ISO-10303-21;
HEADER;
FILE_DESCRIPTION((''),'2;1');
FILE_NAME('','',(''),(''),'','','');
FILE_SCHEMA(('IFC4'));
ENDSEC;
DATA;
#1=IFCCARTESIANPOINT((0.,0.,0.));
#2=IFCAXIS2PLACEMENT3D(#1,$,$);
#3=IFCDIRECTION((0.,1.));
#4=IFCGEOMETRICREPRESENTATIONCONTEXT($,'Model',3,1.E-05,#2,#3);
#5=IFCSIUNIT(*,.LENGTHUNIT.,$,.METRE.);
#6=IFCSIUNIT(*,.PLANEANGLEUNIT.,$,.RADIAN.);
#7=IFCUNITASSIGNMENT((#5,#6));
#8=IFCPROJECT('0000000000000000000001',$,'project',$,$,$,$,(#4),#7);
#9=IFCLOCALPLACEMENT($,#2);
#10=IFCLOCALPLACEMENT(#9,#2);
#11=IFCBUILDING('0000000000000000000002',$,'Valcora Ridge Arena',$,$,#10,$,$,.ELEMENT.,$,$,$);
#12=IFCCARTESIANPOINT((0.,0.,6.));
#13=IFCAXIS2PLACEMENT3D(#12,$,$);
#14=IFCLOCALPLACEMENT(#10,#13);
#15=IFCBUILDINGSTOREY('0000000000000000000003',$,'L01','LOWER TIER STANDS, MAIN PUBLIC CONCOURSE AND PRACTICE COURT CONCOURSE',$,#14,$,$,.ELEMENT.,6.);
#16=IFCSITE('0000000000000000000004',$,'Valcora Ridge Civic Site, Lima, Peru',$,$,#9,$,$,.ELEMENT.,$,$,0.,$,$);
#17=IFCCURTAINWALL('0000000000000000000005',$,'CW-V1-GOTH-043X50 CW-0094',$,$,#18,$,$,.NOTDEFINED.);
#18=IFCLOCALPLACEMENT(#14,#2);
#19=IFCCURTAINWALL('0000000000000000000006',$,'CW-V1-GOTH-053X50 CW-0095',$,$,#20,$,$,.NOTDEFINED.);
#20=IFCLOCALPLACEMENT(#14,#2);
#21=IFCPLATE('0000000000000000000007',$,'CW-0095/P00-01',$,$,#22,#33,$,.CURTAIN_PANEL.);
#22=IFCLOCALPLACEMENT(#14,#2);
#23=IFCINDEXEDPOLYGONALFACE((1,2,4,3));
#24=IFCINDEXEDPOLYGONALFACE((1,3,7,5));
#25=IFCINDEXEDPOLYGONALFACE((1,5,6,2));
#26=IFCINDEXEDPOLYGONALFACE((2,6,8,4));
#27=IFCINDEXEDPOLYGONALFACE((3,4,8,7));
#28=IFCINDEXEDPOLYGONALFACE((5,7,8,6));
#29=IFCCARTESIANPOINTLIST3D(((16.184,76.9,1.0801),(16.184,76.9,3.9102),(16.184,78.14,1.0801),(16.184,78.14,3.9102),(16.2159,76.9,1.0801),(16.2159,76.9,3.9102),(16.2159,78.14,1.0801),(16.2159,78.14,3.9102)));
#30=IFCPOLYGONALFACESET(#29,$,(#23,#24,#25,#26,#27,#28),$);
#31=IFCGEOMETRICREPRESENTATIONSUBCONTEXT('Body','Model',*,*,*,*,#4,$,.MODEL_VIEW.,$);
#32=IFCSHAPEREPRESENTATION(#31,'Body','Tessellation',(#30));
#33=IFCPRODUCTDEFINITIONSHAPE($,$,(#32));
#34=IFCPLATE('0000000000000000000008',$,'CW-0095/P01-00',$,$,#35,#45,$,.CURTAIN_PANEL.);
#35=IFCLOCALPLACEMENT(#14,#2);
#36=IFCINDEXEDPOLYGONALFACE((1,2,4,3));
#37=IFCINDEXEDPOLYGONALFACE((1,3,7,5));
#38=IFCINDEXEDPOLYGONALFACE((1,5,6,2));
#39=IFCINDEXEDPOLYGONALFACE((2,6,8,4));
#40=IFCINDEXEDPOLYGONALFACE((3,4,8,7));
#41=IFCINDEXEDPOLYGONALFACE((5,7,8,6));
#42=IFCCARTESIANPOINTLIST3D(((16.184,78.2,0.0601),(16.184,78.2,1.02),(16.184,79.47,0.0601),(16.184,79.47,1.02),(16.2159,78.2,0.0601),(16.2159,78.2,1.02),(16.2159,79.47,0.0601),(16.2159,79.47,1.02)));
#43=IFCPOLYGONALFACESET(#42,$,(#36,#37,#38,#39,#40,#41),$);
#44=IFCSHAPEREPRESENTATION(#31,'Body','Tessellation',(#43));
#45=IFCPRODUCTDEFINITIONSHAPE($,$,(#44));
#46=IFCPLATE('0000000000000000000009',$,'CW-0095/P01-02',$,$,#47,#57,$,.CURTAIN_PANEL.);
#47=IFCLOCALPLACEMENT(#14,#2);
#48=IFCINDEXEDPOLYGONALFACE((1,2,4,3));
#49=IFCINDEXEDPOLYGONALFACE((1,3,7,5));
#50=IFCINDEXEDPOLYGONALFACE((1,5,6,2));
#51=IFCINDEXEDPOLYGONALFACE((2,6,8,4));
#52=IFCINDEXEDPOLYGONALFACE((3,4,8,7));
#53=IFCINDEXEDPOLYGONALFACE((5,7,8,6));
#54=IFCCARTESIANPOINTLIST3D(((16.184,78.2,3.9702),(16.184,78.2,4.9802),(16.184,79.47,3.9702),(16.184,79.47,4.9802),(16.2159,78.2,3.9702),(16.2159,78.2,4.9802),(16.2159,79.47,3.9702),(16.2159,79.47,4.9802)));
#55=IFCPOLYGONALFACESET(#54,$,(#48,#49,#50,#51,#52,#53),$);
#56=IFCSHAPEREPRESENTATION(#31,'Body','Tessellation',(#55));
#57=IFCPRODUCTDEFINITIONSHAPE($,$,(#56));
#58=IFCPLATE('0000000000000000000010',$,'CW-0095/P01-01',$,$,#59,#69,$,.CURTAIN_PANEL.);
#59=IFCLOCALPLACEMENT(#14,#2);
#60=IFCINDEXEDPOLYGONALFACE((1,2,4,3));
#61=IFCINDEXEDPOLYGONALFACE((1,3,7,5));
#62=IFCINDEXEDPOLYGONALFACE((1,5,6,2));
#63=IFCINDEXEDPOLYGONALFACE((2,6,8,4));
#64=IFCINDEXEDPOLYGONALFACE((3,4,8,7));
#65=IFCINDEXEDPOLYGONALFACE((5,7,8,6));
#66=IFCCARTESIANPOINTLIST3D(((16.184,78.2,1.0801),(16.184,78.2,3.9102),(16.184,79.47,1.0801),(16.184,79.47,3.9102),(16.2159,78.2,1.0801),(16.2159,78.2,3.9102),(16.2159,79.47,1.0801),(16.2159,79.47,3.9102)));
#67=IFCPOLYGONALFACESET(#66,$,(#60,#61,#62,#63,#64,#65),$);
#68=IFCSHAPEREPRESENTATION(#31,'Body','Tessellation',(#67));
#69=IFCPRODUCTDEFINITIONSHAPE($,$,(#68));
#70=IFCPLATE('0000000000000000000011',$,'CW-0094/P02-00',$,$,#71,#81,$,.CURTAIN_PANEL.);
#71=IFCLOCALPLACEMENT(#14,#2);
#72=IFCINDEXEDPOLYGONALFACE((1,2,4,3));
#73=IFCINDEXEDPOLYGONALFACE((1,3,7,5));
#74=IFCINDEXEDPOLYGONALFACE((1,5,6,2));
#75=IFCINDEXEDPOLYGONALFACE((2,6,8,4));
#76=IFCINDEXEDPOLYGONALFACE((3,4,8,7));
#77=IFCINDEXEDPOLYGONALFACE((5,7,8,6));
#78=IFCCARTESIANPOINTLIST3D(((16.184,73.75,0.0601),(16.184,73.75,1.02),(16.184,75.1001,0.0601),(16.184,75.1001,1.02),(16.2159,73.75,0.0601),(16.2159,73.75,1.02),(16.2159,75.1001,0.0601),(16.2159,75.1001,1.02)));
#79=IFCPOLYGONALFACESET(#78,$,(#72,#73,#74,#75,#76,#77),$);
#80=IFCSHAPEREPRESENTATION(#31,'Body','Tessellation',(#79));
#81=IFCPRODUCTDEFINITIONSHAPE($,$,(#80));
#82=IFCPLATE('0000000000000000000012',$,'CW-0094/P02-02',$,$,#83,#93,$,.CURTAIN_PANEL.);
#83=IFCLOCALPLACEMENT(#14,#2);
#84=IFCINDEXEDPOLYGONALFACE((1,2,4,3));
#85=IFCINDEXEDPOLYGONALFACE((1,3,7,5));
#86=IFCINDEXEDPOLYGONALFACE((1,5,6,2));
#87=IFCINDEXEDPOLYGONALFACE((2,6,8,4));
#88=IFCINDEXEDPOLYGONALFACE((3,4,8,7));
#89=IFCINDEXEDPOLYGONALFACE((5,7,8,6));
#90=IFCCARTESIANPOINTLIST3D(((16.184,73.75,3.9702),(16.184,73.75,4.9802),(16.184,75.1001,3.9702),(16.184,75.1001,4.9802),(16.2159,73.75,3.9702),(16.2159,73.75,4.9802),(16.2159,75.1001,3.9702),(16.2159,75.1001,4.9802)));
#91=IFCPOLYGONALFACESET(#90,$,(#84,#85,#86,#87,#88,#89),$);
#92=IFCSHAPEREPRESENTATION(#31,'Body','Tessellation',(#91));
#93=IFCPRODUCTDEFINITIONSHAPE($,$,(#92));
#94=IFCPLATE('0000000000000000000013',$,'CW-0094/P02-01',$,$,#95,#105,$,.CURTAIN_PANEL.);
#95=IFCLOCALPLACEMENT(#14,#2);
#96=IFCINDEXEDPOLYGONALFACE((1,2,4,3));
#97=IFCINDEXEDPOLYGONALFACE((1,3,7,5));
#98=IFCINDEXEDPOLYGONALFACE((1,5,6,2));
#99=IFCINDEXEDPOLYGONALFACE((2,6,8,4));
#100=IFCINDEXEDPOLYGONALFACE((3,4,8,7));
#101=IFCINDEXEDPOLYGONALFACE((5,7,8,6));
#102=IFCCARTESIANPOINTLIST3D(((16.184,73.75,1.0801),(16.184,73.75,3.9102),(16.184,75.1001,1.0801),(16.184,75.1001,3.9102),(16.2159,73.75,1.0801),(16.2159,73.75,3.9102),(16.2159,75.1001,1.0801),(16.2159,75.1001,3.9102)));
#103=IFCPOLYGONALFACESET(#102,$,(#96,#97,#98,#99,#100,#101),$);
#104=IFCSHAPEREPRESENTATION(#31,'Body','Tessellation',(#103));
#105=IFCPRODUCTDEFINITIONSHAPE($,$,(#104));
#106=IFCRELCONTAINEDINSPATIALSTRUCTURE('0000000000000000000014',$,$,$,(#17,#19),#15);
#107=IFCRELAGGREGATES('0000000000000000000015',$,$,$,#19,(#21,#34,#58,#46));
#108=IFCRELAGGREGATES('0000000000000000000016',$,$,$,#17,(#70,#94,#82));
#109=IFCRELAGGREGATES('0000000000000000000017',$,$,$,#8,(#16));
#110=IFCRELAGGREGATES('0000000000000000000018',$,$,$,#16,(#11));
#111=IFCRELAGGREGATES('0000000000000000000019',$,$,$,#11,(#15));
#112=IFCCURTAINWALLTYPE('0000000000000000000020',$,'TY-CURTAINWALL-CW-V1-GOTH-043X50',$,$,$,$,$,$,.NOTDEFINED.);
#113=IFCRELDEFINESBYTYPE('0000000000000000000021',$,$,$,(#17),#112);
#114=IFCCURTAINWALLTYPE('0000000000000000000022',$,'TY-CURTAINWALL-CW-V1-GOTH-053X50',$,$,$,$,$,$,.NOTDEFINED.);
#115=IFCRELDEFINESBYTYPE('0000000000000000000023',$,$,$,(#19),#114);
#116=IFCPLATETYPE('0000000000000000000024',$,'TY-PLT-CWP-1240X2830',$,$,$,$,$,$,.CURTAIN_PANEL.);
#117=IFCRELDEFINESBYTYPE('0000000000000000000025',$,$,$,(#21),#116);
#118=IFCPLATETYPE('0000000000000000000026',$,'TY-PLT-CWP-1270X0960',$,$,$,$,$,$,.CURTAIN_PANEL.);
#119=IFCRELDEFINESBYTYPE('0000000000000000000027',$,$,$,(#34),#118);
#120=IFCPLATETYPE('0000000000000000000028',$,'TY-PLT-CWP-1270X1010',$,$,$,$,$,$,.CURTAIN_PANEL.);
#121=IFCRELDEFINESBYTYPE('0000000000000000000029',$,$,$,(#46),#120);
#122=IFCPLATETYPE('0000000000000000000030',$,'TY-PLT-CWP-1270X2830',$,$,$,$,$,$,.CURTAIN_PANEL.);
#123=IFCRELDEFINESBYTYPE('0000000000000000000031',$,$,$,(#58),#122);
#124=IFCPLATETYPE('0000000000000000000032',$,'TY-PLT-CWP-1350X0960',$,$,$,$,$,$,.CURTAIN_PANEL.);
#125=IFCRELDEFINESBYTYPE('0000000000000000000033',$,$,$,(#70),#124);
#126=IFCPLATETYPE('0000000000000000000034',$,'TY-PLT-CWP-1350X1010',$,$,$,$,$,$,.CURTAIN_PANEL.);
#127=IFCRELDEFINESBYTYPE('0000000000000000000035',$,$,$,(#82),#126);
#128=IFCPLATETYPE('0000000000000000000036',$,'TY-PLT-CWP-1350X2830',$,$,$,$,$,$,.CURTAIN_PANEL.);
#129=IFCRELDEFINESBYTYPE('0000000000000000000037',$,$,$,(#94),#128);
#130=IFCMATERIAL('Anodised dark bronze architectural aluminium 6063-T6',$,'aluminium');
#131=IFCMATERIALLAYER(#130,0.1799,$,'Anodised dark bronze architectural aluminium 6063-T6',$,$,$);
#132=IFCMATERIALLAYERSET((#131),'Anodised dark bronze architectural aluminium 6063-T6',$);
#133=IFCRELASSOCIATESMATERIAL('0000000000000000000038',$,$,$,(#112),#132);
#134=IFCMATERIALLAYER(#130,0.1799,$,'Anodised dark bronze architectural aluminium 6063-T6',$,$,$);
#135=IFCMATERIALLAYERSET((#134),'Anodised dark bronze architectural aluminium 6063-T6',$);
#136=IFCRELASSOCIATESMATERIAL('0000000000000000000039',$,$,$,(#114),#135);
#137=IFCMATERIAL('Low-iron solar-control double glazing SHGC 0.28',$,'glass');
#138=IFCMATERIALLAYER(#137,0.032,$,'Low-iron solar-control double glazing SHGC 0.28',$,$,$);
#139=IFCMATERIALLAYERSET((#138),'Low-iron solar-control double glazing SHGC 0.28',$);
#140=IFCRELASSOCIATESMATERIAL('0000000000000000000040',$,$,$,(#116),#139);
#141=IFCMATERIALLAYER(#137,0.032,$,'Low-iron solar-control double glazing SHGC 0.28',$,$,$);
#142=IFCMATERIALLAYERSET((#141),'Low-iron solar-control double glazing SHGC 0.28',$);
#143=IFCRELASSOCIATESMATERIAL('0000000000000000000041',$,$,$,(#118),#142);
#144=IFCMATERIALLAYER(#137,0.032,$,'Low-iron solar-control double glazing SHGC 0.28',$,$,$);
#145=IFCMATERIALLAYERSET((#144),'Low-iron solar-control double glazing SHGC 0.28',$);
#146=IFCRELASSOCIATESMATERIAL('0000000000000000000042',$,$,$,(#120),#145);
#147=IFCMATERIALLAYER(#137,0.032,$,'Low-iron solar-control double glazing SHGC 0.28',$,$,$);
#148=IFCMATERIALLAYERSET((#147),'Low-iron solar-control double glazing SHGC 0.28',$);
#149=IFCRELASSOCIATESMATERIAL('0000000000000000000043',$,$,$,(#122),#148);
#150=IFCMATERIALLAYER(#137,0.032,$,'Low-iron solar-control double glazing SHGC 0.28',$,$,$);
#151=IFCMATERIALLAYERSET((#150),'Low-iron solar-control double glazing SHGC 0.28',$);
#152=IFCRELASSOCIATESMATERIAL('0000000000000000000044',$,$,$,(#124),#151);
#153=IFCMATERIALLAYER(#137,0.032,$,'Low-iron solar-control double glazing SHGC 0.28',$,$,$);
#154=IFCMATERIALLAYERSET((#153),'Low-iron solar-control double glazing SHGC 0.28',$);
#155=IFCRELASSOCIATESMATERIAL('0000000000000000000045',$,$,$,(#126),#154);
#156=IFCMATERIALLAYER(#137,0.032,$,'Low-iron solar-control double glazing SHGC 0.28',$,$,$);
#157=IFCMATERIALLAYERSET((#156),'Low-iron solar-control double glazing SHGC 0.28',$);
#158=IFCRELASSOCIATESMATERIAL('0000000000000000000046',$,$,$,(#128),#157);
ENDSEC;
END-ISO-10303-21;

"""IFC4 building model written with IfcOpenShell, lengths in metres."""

from ifc_helpers import new_model, si_unit, direction, frame, origin, origin_2d, place, context, subcontext, project, spatial, rectangle, extrude, material, layer, layer_set, type_object, element, aggregate, save


model = new_model("IFC4")

# Units and contexts
model_context = context("Model", 3, precision=1e-05, world=origin(), true_north=direction((0.0, 1.0)))
body_context = subcontext(model_context, "Body", "Model", "MODEL_VIEW")
ifc_project = project(units=[si_unit("LENGTHUNIT", "METRE"), si_unit("PLANEANGLEUNIT", "RADIAN")], contexts=[model_context])

# Site, building, storey
site_placement = place(None, origin())
site = spatial("IfcSite", under=ifc_project, at=site_placement, Name="Valcora Ridge Civic Site, Lima, Peru", CompositionType="ELEMENT", RefElevation=0.0)
building_placement = place(site_placement, origin())
building = spatial("IfcBuilding", under=site, at=building_placement, Name="Valcora Ridge Arena", CompositionType="ELEMENT")
storey_placement = place(building_placement, frame((0.0, 0.0, 6.0)))
storey = spatial("IfcBuildingStorey", under=building, at=storey_placement, Name="L01", Description="LOWER TIER STANDS, MAIN PUBLIC CONCOURSE AND PRACTICE COURT CONCOURSE", CompositionType="ELEMENT", Elevation=6.0)

# Curtain wall
ifc_material_1 = material(Name="Anodised dark bronze architectural aluminium 6063-T6", Category="aluminium")
ifc_layer_1 = layer(ifc_material_1, 0.1799, Name="Anodised dark bronze architectural aluminium 6063-T6")
ifc_layer_set_1 = layer_set([ifc_layer_1], Name="Anodised dark bronze architectural aluminium 6063-T6")
curtain_wall_type_1 = type_object("IfcCurtainWallType", Name="TY-CURTAINWALL-CW-V1-GOTH-043X50", PredefinedType="NOTDEFINED", material=ifc_layer_set_1)
curtain_wall_1_placement = place(storey_placement, origin())
curtain_wall_1 = element("IfcCurtainWall", 1, at=curtain_wall_1_placement, inside=storey, type_object=curtain_wall_type_1, Name="CW-V1-GOTH-043X50 CW-0094", PredefinedType="NOTDEFINED")

# Curtain wall, plates
ifc_layer_2 = layer(ifc_material_1, 0.1799, Name="Anodised dark bronze architectural aluminium 6063-T6")
ifc_layer_set_2 = layer_set([ifc_layer_2], Name="Anodised dark bronze architectural aluminium 6063-T6")
curtain_wall_type_2 = type_object("IfcCurtainWallType", Name="TY-CURTAINWALL-CW-V1-GOTH-053X50", PredefinedType="NOTDEFINED", material=ifc_layer_set_2)
curtain_wall_2_placement = place(storey_placement, origin())
curtain_wall_2 = element("IfcCurtainWall", 2, at=curtain_wall_2_placement, inside=storey, type_object=curtain_wall_type_2, Name="CW-V1-GOTH-053X50 CW-0095", PredefinedType="NOTDEFINED")
ifc_material_2 = material(Name="Low-iron solar-control double glazing SHGC 0.28", Category="glass")
ifc_layer_3 = layer(ifc_material_2, 0.032, Name="Low-iron solar-control double glazing SHGC 0.28")
ifc_layer_set_3 = layer_set([ifc_layer_3], Name="Low-iron solar-control double glazing SHGC 0.28")
plate_type_1 = type_object("IfcPlateType", Name="TY-PLT-CWP-1240X2830", PredefinedType="CURTAIN_PANEL", material=ifc_layer_set_3)
plate_1_placement = place(storey_placement, frame((16.2, 77.52, 1.0801), z_axis=(0.0, 0.0, 1.0), x_axis=(0.0, 1.0, 0.0)))
plate_1 = element("IfcPlate", 3, at=plate_1_placement, type_object=plate_type_1, Name="CW-0095/P00-01", PredefinedType="CURTAIN_PANEL", context=body_context, shape_type="SweptSolid", body=[
    extrude(rectangle(XDim=1.24, YDim=0.032, at=origin_2d()), origin(), (0.0, 0.0, 1.0), 2.8301),
])
ifc_layer_4 = layer(ifc_material_2, 0.032, Name="Low-iron solar-control double glazing SHGC 0.28")
ifc_layer_set_4 = layer_set([ifc_layer_4], Name="Low-iron solar-control double glazing SHGC 0.28")
plate_type_2 = type_object("IfcPlateType", Name="TY-PLT-CWP-1270X0960", PredefinedType="CURTAIN_PANEL", material=ifc_layer_set_4)
plate_2_placement = place(storey_placement, frame((16.2, 78.835, 0.0601), z_axis=(0.0, 0.0, 1.0), x_axis=(0.0, 1.0, 0.0)))
plate_2 = element("IfcPlate", 4, at=plate_2_placement, type_object=plate_type_2, Name="CW-0095/P01-00", PredefinedType="CURTAIN_PANEL", context=body_context, shape_type="SweptSolid", body=[
    extrude(rectangle(XDim=1.27, YDim=0.032, at=origin_2d()), origin(), (0.0, 0.0, 1.0), 0.96),
])
ifc_layer_5 = layer(ifc_material_2, 0.032, Name="Low-iron solar-control double glazing SHGC 0.28")
ifc_layer_set_5 = layer_set([ifc_layer_5], Name="Low-iron solar-control double glazing SHGC 0.28")
plate_type_3 = type_object("IfcPlateType", Name="TY-PLT-CWP-1270X1010", PredefinedType="CURTAIN_PANEL", material=ifc_layer_set_5)
plate_3_placement = place(storey_placement, frame((16.2, 78.835, 3.9702), z_axis=(0.0, 0.0, 1.0), x_axis=(0.0, 1.0, 0.0)))
plate_3 = element("IfcPlate", 5, at=plate_3_placement, type_object=plate_type_3, Name="CW-0095/P01-02", PredefinedType="CURTAIN_PANEL", context=body_context, shape_type="SweptSolid", body=[
    extrude(rectangle(XDim=1.27, YDim=0.032, at=origin_2d()), origin(), (0.0, 0.0, 1.0), 1.01),
])
ifc_layer_6 = layer(ifc_material_2, 0.032, Name="Low-iron solar-control double glazing SHGC 0.28")
ifc_layer_set_6 = layer_set([ifc_layer_6], Name="Low-iron solar-control double glazing SHGC 0.28")
plate_type_4 = type_object("IfcPlateType", Name="TY-PLT-CWP-1270X2830", PredefinedType="CURTAIN_PANEL", material=ifc_layer_set_6)
plate_4_placement = place(storey_placement, frame((16.2, 78.835, 1.0801), z_axis=(0.0, 0.0, 1.0), x_axis=(0.0, 1.0, 0.0)))
plate_4 = element("IfcPlate", 6, at=plate_4_placement, type_object=plate_type_4, Name="CW-0095/P01-01", PredefinedType="CURTAIN_PANEL", context=body_context, shape_type="SweptSolid", body=[
    extrude(rectangle(XDim=1.27, YDim=0.032, at=origin_2d()), origin(), (0.0, 0.0, 1.0), 2.8301),
])
aggregate(curtain_wall_2, [plate_1, plate_2, plate_4, plate_3])

# Plates
ifc_layer_7 = layer(ifc_material_2, 0.032, Name="Low-iron solar-control double glazing SHGC 0.28")
ifc_layer_set_7 = layer_set([ifc_layer_7], Name="Low-iron solar-control double glazing SHGC 0.28")
plate_type_5 = type_object("IfcPlateType", Name="TY-PLT-CWP-1350X0960", PredefinedType="CURTAIN_PANEL", material=ifc_layer_set_7)
plate_5_placement = place(storey_placement, frame((16.2, 74.425, 0.0601), z_axis=(0.0, 0.0, 1.0), x_axis=(0.0, 1.0, 0.0)))
plate_5 = element("IfcPlate", 7, at=plate_5_placement, type_object=plate_type_5, Name="CW-0094/P02-00", PredefinedType="CURTAIN_PANEL", context=body_context, shape_type="SweptSolid", body=[
    extrude(rectangle(XDim=1.3501, YDim=0.032, at=origin_2d()), origin(), (0.0, 0.0, 1.0), 0.96),
])
ifc_layer_8 = layer(ifc_material_2, 0.032, Name="Low-iron solar-control double glazing SHGC 0.28")
ifc_layer_set_8 = layer_set([ifc_layer_8], Name="Low-iron solar-control double glazing SHGC 0.28")
plate_type_6 = type_object("IfcPlateType", Name="TY-PLT-CWP-1350X1010", PredefinedType="CURTAIN_PANEL", material=ifc_layer_set_8)
plate_6_placement = place(storey_placement, frame((16.2, 74.425, 3.9702), z_axis=(0.0, 0.0, 1.0), x_axis=(0.0, 1.0, 0.0)))
plate_6 = element("IfcPlate", 8, at=plate_6_placement, type_object=plate_type_6, Name="CW-0094/P02-02", PredefinedType="CURTAIN_PANEL", context=body_context, shape_type="SweptSolid", body=[
    extrude(rectangle(XDim=1.3501, YDim=0.032, at=origin_2d()), origin(), (0.0, 0.0, 1.0), 1.01),
])
ifc_layer_9 = layer(ifc_material_2, 0.032, Name="Low-iron solar-control double glazing SHGC 0.28")
ifc_layer_set_9 = layer_set([ifc_layer_9], Name="Low-iron solar-control double glazing SHGC 0.28")
plate_type_7 = type_object("IfcPlateType", Name="TY-PLT-CWP-1350X2830", PredefinedType="CURTAIN_PANEL", material=ifc_layer_set_9)
plate_7_placement = place(storey_placement, frame((16.2, 74.425, 1.0801), z_axis=(0.0, 0.0, 1.0), x_axis=(0.0, 1.0, 0.0)))
plate_7 = element("IfcPlate", 9, at=plate_7_placement, type_object=plate_type_7, Name="CW-0094/P02-01", PredefinedType="CURTAIN_PANEL", context=body_context, shape_type="SweptSolid", body=[
    extrude(rectangle(XDim=1.3501, YDim=0.032, at=origin_2d()), origin(), (0.0, 0.0, 1.0), 2.8301),
])
aggregate(curtain_wall_1, [plate_5, plate_7, plate_6])

save(model, "model.ifc")
